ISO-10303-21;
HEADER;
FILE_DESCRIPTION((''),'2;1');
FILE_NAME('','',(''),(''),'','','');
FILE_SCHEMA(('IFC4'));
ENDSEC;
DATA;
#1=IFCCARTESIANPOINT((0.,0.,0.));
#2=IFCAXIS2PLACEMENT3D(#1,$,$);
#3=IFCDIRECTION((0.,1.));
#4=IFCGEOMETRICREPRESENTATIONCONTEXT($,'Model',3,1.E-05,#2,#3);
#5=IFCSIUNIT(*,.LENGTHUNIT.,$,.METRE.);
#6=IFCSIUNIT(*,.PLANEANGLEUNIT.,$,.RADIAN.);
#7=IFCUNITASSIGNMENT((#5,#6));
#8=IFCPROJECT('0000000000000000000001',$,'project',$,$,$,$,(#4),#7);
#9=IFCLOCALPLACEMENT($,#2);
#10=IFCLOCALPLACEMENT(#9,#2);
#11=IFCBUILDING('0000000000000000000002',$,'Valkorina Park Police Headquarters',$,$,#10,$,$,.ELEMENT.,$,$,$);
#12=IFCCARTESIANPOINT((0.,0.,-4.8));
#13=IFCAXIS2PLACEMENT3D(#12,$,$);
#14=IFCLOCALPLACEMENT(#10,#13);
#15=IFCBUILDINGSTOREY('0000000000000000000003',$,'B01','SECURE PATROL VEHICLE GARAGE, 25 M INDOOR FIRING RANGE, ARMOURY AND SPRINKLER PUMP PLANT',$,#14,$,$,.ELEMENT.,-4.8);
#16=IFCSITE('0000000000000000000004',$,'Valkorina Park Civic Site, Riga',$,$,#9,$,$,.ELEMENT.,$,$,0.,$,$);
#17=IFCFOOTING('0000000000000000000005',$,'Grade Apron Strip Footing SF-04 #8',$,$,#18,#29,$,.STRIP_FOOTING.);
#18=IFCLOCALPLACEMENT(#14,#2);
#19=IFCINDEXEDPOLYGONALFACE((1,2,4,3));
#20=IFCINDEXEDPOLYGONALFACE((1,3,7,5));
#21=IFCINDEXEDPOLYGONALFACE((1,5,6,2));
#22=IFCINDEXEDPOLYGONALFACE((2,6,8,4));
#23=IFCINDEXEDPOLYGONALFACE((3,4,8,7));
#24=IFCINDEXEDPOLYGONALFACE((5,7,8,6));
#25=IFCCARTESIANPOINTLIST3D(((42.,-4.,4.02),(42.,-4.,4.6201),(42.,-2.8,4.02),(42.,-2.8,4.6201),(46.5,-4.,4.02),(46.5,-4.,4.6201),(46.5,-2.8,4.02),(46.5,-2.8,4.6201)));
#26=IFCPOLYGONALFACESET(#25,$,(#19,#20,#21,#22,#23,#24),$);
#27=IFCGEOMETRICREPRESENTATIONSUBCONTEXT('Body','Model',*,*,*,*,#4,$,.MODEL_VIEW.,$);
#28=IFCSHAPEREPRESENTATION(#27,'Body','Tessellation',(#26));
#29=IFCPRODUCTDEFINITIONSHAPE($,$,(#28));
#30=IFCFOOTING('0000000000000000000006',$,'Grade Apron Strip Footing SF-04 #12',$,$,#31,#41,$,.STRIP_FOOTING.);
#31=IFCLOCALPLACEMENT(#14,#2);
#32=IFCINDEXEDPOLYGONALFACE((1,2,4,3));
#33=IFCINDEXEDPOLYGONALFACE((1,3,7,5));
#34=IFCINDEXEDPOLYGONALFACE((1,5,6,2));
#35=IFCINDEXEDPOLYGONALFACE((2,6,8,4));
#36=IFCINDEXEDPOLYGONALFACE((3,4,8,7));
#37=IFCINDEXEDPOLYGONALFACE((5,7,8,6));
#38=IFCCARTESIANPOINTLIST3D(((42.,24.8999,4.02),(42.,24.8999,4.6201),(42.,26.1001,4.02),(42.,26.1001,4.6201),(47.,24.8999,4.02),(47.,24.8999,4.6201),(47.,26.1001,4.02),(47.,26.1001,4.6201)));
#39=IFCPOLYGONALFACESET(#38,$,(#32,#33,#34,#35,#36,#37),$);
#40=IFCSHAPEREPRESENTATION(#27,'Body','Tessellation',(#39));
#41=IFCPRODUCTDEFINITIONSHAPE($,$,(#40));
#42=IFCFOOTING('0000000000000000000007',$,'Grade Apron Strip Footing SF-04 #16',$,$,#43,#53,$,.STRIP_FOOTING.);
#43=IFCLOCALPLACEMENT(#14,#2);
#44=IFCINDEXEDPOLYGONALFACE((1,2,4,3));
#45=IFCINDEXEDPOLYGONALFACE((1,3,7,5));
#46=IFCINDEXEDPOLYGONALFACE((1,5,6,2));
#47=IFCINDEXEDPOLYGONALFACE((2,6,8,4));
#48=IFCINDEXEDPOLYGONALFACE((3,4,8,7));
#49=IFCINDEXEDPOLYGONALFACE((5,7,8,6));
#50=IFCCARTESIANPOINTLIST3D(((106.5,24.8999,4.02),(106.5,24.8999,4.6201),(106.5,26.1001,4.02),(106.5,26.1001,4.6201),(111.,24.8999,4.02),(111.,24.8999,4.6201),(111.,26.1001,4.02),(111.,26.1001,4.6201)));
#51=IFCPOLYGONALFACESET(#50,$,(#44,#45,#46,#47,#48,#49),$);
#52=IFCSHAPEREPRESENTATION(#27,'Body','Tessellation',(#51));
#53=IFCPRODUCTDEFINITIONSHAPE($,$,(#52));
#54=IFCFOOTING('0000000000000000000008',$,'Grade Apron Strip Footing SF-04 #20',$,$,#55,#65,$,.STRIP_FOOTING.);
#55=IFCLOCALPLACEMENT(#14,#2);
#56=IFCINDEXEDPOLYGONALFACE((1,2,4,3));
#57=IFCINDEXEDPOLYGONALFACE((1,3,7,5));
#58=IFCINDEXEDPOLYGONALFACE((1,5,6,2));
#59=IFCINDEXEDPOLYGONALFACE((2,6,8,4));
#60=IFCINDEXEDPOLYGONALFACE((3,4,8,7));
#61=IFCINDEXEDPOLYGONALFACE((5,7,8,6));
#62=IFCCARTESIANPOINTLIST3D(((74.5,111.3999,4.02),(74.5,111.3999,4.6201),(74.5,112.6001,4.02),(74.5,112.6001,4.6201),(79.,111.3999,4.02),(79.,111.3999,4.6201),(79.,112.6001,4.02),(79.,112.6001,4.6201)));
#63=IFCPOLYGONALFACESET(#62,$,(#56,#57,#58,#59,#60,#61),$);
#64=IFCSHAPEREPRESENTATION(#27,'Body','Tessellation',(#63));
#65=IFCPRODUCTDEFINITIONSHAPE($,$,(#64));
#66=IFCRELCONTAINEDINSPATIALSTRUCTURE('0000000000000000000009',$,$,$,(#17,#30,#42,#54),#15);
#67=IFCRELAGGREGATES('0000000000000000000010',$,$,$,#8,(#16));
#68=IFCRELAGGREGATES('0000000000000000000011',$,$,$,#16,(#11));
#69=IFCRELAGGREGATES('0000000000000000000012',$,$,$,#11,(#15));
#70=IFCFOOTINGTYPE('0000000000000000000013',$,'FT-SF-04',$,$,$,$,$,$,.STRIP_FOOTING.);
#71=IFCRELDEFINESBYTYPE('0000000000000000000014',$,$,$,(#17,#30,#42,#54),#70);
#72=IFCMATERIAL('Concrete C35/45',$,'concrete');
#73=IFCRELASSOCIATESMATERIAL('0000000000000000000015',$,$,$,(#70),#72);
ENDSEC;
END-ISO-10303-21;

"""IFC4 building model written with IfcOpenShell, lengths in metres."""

from ifc_helpers import new_model, si_unit, direction, frame, origin, origin_2d, place, context, subcontext, project, spatial, polyline, rectangle, outline, extrude, material, material_profile, profile_set, type_object, element, save


model = new_model("IFC4")

# Units and contexts
model_context = context("Model", 3, precision=1e-05, world=origin(), true_north=direction((0.0, 1.0)))
body_context = subcontext(model_context, "Body", "Model", "MODEL_VIEW")
ifc_project = project(units=[si_unit("LENGTHUNIT", "METRE"), si_unit("PLANEANGLEUNIT", "RADIAN")], contexts=[model_context])

# Site, building, storey
site_placement = place(None, origin())
site = spatial("IfcSite", under=ifc_project, at=site_placement, Name="Valkorina Park Civic Site, Riga", CompositionType="ELEMENT", RefElevation=0.0)
building_placement = place(site_placement, origin())
building = spatial("IfcBuilding", under=site, at=building_placement, Name="Valkorina Park Police Headquarters", CompositionType="ELEMENT")
storey_placement = place(building_placement, frame((0.0, 0.0, -4.8)))
storey = spatial("IfcBuildingStorey", under=building, at=storey_placement, Name="B01", Description="SECURE PATROL VEHICLE GARAGE, 25 M INDOOR FIRING RANGE, ARMOURY AND SPRINKLER PUMP PLANT", CompositionType="ELEMENT", Elevation=-4.8)

# Footings
ifc_material_1 = material(Name="Concrete C35/45", Category="concrete")
ifc_material_profile_1 = material_profile(ifc_material_1, rectangle(XDim=1.2, YDim=0.6001, at=origin_2d()), Name="SF 1200x600")
ifc_profile_set_1 = profile_set([ifc_material_profile_1], Name="Concrete C35/45")
footing_type_1 = type_object("IfcFootingType", Name="FT-SF-04", PredefinedType="STRIP_FOOTING", material=ifc_profile_set_1)
footing_1_placement = place(storey_placement, frame((0.0, 0.0, 4.02)))
element("IfcFooting", 1, at=footing_1_placement, inside=storey, type_object=footing_type_1, Name="Grade Apron Strip Footing SF-04 #8", PredefinedType="STRIP_FOOTING", context=body_context, shape_type="SweptSolid", body=[
    extrude(outline(polyline([(46.5, -4.0), (46.5, -2.8), (42.0, -2.8), (42.0, -4.0), (46.5, -4.0)])), origin(), (0.0, 0.0, 1.0), 0.6001),
])
footing_2_placement = place(storey_placement, frame((0.0, 0.0, 4.02)))
element("IfcFooting", 2, at=footing_2_placement, inside=storey, type_object=footing_type_1, Name="Grade Apron Strip Footing SF-04 #12", PredefinedType="STRIP_FOOTING", context=body_context, shape_type="SweptSolid", body=[
    extrude(outline(polyline([(47.0, 24.8999), (47.0, 26.1001), (42.0, 26.1001), (42.0, 24.8999), (47.0, 24.8999)])), origin(), (0.0, 0.0, 1.0), 0.6001),
])
footing_3_placement = place(storey_placement, frame((0.0, 0.0, 4.02)))
element("IfcFooting", 3, at=footing_3_placement, inside=storey, type_object=footing_type_1, Name="Grade Apron Strip Footing SF-04 #16", PredefinedType="STRIP_FOOTING", context=body_context, shape_type="SweptSolid", body=[
    extrude(outline(polyline([(111.0, 24.8999), (111.0, 26.1001), (106.5, 26.1001), (106.5, 24.8999), (111.0, 24.8999)])), origin(), (0.0, 0.0, 1.0), 0.6001),
])
footing_4_placement = place(storey_placement, frame((0.0, 0.0, 4.02)))
element("IfcFooting", 4, at=footing_4_placement, inside=storey, type_object=footing_type_1, Name="Grade Apron Strip Footing SF-04 #20", PredefinedType="STRIP_FOOTING", context=body_context, shape_type="SweptSolid", body=[
    extrude(outline(polyline([(79.0, 111.3999), (79.0, 112.6001), (74.5, 112.6001), (74.5, 111.3999), (79.0, 111.3999)])), origin(), (0.0, 0.0, 1.0), 0.6001),
])

save(model, "model.ifc")
